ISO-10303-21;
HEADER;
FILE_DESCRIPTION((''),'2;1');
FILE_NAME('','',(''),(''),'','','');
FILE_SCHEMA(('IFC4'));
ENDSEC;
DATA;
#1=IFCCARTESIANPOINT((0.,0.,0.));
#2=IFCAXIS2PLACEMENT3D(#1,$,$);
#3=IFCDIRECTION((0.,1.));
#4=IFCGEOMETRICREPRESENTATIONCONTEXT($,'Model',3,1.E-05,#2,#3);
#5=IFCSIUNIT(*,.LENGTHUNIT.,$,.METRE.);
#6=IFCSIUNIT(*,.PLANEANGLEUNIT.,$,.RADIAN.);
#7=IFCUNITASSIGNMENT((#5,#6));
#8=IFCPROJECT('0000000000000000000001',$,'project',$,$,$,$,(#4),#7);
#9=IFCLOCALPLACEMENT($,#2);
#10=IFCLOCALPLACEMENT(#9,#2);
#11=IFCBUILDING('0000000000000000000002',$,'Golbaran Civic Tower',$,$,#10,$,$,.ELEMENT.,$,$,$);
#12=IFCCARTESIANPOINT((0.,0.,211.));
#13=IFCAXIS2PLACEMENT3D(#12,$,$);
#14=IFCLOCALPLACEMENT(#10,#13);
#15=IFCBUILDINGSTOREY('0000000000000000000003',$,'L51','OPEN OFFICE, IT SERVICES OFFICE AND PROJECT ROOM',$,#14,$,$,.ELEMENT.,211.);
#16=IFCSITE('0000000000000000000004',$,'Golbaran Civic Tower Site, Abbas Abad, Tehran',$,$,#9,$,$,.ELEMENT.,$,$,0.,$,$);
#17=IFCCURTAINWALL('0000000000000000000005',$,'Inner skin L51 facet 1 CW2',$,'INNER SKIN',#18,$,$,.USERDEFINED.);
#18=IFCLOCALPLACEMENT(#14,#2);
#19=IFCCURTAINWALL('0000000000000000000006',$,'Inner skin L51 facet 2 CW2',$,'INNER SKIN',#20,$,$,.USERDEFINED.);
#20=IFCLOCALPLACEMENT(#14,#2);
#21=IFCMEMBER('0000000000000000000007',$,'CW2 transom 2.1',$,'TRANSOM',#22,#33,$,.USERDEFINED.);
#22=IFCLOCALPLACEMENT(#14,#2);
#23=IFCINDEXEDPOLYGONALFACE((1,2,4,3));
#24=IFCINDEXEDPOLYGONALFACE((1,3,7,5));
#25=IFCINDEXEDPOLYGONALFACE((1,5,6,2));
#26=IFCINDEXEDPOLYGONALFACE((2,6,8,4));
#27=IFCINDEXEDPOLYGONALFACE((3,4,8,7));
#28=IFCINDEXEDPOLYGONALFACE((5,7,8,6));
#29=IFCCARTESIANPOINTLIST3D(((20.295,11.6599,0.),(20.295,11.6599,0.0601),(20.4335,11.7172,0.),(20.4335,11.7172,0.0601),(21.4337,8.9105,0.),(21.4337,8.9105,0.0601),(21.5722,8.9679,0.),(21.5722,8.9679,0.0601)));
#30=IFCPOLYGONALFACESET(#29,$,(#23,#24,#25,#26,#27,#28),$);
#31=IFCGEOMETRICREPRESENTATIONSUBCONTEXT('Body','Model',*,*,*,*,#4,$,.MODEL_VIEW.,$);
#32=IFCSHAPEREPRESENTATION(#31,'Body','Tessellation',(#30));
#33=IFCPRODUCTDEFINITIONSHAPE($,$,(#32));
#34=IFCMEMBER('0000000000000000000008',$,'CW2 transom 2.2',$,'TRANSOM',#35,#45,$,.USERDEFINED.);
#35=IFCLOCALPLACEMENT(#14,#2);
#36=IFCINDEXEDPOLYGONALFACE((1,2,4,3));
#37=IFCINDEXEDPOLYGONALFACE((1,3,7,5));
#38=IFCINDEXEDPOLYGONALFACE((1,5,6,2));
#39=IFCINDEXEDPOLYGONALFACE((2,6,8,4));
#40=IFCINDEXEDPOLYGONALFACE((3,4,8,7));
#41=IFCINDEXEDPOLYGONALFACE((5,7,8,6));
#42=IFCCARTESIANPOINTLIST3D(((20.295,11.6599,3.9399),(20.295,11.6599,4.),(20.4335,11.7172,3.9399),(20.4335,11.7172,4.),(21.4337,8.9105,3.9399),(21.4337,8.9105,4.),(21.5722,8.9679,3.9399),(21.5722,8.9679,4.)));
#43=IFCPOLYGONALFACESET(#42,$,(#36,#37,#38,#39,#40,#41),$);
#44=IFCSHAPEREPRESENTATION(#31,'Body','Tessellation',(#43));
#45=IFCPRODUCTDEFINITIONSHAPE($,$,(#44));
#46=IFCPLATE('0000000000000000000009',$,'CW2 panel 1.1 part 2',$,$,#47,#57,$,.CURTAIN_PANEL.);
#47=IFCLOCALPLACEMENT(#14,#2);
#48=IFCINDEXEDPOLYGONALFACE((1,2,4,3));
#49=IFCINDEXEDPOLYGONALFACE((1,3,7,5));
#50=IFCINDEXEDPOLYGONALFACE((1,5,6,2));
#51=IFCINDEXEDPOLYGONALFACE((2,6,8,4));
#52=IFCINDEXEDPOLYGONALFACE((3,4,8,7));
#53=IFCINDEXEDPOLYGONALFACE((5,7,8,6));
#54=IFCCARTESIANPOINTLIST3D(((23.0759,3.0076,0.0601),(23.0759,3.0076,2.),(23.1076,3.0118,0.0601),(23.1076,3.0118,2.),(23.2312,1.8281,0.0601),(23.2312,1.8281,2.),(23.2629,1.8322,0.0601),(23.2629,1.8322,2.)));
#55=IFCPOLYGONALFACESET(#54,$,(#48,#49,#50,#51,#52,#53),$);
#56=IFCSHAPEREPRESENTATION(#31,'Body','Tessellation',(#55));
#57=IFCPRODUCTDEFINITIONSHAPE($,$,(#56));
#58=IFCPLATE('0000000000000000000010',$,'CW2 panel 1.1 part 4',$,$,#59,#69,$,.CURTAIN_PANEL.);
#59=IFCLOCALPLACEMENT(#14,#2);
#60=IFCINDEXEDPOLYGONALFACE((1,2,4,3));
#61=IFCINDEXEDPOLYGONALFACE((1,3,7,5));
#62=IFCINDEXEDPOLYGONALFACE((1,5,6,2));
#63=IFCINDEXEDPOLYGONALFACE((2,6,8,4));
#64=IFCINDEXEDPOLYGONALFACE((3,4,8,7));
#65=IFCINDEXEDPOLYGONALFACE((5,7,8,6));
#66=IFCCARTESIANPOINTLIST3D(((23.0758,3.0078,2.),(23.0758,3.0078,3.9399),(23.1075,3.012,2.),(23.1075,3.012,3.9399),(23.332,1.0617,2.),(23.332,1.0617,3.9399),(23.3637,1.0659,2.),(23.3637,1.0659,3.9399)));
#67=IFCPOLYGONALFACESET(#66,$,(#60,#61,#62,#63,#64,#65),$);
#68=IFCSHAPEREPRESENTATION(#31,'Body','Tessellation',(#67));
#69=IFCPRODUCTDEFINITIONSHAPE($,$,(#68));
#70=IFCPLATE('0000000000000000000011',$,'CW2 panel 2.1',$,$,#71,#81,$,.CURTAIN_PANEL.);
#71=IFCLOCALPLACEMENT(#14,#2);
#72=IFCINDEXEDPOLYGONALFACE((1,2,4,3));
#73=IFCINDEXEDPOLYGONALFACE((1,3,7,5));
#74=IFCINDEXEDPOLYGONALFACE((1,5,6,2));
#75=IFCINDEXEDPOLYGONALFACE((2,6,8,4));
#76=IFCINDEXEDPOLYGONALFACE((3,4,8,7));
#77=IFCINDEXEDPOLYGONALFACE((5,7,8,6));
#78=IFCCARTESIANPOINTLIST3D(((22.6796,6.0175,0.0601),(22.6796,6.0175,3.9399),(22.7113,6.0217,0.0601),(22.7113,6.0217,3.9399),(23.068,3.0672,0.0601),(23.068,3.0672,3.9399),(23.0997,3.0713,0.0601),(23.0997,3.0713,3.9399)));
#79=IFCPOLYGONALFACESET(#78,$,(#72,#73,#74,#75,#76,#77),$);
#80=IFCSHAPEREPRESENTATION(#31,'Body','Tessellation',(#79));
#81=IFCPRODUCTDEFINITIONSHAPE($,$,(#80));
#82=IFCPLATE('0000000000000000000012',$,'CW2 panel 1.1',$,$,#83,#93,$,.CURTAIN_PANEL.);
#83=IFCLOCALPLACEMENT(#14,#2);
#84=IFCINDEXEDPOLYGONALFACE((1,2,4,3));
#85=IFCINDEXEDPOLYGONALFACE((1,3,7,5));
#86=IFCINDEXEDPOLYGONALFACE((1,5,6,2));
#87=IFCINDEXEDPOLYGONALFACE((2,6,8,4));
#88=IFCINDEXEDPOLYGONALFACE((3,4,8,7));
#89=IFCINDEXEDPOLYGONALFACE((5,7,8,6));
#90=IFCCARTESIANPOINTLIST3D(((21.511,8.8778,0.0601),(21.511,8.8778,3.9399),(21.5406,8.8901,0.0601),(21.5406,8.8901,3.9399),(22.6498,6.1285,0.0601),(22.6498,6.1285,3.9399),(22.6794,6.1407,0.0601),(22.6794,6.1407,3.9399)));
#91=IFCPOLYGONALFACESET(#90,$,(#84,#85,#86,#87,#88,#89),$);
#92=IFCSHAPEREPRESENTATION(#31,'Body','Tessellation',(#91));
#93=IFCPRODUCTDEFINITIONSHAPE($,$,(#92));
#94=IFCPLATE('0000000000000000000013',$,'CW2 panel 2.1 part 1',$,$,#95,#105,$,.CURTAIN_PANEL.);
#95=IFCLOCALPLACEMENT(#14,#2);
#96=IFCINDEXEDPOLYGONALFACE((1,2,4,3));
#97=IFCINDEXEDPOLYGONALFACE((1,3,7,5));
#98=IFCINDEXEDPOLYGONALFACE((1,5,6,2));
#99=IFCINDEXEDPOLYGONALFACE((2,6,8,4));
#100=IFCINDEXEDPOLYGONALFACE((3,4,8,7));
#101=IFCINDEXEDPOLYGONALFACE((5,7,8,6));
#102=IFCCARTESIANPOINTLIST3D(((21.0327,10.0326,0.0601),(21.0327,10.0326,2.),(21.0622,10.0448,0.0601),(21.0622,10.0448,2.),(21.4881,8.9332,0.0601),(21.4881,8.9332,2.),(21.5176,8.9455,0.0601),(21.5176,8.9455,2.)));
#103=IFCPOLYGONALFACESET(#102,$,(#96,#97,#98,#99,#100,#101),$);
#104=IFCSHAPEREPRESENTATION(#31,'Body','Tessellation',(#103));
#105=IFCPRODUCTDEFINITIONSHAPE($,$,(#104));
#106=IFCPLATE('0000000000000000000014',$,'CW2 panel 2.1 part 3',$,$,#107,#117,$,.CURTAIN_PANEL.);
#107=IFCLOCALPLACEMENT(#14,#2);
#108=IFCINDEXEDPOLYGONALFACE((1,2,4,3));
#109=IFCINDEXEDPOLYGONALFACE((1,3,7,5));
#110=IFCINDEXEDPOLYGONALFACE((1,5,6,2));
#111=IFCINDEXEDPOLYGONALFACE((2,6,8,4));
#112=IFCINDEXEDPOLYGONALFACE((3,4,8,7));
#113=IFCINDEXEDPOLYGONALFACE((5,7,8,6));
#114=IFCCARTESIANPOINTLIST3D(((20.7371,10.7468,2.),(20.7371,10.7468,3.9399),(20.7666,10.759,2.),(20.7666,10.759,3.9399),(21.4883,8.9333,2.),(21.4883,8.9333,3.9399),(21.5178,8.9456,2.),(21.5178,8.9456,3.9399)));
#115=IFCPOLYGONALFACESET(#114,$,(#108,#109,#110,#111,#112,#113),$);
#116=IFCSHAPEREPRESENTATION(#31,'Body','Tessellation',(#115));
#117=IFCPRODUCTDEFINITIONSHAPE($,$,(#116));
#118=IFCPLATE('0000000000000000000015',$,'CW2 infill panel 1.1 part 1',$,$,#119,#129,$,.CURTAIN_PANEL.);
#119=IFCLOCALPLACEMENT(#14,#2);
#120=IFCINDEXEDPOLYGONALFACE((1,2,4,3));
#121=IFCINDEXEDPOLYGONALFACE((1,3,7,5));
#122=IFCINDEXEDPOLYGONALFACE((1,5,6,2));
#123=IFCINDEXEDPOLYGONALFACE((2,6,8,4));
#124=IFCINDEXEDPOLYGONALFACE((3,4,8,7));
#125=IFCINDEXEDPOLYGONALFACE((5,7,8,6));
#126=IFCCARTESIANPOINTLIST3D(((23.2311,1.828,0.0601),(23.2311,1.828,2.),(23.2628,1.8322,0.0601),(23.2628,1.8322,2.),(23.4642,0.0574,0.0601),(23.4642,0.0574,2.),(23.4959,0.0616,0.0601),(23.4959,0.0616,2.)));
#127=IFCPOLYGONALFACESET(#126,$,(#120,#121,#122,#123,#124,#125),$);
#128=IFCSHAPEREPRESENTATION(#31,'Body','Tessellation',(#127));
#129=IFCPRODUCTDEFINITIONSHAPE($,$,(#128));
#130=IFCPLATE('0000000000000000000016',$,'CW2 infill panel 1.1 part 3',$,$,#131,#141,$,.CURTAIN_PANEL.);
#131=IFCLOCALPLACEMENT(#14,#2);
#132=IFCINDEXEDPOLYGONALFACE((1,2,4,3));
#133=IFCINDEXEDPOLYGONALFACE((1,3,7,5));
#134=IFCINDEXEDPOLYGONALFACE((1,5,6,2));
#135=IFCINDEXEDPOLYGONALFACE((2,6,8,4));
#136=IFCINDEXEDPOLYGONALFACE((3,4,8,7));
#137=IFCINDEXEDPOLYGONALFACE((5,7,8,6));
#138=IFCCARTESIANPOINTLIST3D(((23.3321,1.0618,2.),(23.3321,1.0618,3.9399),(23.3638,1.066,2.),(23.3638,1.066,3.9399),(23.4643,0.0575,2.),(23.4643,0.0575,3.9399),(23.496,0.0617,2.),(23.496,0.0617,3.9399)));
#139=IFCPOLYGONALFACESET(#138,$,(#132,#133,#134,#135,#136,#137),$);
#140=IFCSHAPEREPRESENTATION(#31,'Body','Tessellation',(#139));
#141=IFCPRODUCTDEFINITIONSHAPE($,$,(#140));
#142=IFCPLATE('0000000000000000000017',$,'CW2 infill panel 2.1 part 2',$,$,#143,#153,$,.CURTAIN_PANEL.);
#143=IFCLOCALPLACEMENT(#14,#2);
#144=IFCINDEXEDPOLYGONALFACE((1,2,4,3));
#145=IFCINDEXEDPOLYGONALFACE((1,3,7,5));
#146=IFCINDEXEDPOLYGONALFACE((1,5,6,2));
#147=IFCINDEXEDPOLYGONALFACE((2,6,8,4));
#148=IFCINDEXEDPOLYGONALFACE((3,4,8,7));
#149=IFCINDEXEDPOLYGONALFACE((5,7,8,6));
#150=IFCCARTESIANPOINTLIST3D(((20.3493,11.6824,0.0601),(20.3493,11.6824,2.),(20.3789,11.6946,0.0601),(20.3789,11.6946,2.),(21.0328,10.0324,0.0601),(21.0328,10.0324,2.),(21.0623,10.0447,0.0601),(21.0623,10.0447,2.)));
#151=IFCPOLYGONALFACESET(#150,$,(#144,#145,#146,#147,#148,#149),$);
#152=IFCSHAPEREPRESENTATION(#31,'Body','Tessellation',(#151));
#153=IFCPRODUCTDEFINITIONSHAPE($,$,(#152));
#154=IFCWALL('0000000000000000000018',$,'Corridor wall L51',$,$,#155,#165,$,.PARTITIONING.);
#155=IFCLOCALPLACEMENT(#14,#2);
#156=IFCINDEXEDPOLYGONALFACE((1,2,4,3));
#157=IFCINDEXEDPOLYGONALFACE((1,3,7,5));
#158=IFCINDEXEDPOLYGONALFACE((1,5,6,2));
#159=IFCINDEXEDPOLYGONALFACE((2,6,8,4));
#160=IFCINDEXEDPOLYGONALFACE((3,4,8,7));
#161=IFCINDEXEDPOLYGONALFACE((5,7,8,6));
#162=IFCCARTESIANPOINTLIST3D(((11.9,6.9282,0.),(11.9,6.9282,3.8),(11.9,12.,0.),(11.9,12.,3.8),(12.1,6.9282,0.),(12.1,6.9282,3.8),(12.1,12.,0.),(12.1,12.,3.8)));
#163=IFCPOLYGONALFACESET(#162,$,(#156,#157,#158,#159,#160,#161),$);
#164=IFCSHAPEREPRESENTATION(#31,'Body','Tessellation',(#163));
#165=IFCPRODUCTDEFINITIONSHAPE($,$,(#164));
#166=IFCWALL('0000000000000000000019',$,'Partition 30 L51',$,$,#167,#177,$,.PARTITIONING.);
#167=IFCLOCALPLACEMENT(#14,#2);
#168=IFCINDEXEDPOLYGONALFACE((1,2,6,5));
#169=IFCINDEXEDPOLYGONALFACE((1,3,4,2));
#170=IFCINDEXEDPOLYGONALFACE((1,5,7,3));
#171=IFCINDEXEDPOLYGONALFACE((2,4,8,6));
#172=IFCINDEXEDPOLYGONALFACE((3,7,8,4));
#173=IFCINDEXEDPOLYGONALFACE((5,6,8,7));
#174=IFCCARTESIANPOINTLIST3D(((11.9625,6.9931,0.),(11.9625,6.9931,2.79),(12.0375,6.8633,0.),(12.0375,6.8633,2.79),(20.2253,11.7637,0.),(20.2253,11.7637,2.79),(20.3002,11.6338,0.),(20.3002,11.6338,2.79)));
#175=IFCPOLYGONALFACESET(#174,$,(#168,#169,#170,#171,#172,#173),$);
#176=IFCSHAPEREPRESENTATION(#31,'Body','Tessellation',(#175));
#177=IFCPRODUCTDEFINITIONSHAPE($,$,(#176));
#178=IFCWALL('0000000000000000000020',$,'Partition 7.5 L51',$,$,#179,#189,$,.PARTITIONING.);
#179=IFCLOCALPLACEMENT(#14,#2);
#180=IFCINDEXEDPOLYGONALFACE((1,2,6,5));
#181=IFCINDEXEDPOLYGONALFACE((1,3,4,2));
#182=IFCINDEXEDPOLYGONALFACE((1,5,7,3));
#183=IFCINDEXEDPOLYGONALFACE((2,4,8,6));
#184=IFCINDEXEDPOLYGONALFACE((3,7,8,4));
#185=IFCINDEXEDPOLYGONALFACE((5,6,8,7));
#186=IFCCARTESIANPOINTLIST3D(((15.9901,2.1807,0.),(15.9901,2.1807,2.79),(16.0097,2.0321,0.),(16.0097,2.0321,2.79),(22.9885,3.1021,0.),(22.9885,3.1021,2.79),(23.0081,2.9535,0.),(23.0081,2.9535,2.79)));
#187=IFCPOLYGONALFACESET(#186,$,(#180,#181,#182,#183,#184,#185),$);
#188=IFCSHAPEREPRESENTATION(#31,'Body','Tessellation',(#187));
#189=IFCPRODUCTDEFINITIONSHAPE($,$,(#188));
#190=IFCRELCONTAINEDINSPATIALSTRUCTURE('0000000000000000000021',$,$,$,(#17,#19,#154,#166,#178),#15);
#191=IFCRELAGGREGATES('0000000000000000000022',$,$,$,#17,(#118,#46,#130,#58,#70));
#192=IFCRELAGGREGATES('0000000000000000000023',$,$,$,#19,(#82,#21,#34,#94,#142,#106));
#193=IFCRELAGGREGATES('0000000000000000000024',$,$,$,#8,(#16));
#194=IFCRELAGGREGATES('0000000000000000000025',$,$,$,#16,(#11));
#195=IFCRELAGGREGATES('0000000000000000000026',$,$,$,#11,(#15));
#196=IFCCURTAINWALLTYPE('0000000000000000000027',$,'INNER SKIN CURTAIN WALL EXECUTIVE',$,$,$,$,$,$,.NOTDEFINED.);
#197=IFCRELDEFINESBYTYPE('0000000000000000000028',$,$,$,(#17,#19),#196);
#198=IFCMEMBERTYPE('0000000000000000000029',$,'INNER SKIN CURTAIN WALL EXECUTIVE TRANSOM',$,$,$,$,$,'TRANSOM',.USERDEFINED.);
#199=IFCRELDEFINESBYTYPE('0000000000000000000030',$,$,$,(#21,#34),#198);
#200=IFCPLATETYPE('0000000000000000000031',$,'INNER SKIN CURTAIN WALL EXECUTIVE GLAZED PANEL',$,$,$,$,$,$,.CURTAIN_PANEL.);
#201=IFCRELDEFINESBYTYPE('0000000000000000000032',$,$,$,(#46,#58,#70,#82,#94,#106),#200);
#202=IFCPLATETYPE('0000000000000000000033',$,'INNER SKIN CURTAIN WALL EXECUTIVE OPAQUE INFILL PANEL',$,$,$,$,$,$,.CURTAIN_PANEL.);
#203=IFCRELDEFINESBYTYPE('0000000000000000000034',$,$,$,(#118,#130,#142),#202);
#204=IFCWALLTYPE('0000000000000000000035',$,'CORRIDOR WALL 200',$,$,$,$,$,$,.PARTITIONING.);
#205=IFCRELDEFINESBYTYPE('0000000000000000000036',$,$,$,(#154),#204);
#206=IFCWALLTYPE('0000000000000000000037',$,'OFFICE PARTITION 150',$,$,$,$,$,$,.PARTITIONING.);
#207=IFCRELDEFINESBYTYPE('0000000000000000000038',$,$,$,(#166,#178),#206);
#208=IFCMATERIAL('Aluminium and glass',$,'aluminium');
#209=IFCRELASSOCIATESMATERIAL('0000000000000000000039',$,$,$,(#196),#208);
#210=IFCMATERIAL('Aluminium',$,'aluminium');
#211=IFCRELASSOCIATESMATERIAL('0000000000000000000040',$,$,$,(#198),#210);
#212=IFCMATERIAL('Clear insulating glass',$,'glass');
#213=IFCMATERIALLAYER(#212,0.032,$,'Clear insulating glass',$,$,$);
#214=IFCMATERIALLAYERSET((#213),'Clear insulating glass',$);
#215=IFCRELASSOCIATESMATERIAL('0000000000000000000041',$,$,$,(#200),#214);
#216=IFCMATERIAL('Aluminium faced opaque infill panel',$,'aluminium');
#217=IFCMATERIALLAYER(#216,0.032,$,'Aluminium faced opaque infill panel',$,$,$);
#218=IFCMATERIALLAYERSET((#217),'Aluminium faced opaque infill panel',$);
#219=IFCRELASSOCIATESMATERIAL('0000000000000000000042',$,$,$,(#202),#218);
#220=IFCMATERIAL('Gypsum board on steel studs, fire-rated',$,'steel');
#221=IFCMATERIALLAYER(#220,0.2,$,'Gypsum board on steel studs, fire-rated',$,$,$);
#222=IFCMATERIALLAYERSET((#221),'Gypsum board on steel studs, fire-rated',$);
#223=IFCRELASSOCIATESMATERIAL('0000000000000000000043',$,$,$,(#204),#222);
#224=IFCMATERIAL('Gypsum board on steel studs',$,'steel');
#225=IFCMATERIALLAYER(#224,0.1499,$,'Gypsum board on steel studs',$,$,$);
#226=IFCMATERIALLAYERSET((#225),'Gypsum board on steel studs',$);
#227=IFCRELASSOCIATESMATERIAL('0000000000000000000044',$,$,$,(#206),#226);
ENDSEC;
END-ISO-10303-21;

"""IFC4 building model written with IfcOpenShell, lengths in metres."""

from ifc_helpers import new_model, si_unit, direction, frame, frame_2d, origin, origin_2d, place, context, subcontext, project, spatial, rectangle, extrude, material, layer, layer_set, material_profile, profile_set, type_object, element, aggregate, save


model = new_model("IFC4")

# Units and contexts
model_context = context("Model", 3, precision=1e-05, world=origin(), true_north=direction((0.0, 1.0)))
body_context = subcontext(model_context, "Body", "Model", "MODEL_VIEW")
ifc_project = project(units=[si_unit("LENGTHUNIT", "METRE"), si_unit("PLANEANGLEUNIT", "RADIAN")], contexts=[model_context])

# Site, building, storey
site_placement = place(None, origin())
site = spatial("IfcSite", under=ifc_project, at=site_placement, Name="Golbaran Civic Tower Site, Abbas Abad, Tehran", CompositionType="ELEMENT", RefElevation=0.0)
building_placement = place(site_placement, origin())
building = spatial("IfcBuilding", under=site, at=building_placement, Name="Golbaran Civic Tower", CompositionType="ELEMENT")
storey_placement = place(building_placement, frame((0.0, 0.0, 211.0)))
storey = spatial("IfcBuildingStorey", under=building, at=storey_placement, Name="L51", Description="OPEN OFFICE, IT SERVICES OFFICE AND PROJECT ROOM", CompositionType="ELEMENT", Elevation=211.0)

# Curtain walls
ifc_material_1 = material(Name="Aluminium and glass", Category="aluminium")
curtain_wall_type = type_object("IfcCurtainWallType", Name="INNER SKIN CURTAIN WALL EXECUTIVE", PredefinedType="NOTDEFINED", material=ifc_material_1)
curtain_wall_1_placement = place(storey_placement, origin())
curtain_wall_1 = element("IfcCurtainWall", 1, at=curtain_wall_1_placement, inside=storey, type_object=curtain_wall_type, Name="Inner skin L51 facet 1 CW2", ObjectType="INNER SKIN", PredefinedType="USERDEFINED")
ifc_material_2 = material(Name="Aluminium", Category="aluminium")
curtain_wall_2_placement = place(storey_placement, origin())
curtain_wall_2 = element("IfcCurtainWall", 2, at=curtain_wall_2_placement, inside=storey, type_object=curtain_wall_type, Name="Inner skin L51 facet 2 CW2", ObjectType="INNER SKIN", PredefinedType="USERDEFINED")

# Members
ifc_material_profile_1 = material_profile(ifc_material_2, rectangle(XDim=0.1499, YDim=0.0601, at=origin_2d()), Name="INNER SKIN CURTAIN WALL EXECUTIVE TRANSOM")
ifc_profile_set_1 = profile_set([ifc_material_profile_1], Name="Aluminium")
member_type_1 = type_object("IfcMemberType", Name="INNER SKIN CURTAIN WALL EXECUTIVE TRANSOM", ElementType="TRANSOM", PredefinedType="USERDEFINED", material=ifc_profile_set_1)
member_1_placement = place(storey_placement, frame((21.5029, 8.9392, 0.03), z_axis=(-0.382651, 0.923893, 0.0), x_axis=(-0.923893, -0.382651, 0.0)))
member_1 = element("IfcMember", 3, at=member_1_placement, type_object=member_type_1, Name="CW2 transom 2.1", ObjectType="TRANSOM", PredefinedType="USERDEFINED", context=body_context, shape_type="SweptSolid", body=[
    extrude(rectangle(XDim=0.1499, YDim=0.0601, at=origin_2d()), origin(), (0.0, 0.0, 1.0), 2.9758),
])
member_2_placement = place(storey_placement, frame((21.5029, 8.9392, 3.97), z_axis=(-0.382651, 0.923893, 0.0), x_axis=(-0.923893, -0.382651, 0.0)))
member_2 = element("IfcMember", 4, at=member_2_placement, type_object=member_type_1, Name="CW2 transom 2.2", ObjectType="TRANSOM", PredefinedType="USERDEFINED", context=body_context, shape_type="SweptSolid", body=[
    extrude(rectangle(XDim=0.1499, YDim=0.0601, at=origin_2d()), origin(), (0.0, 0.0, 1.0), 2.9758),
])

# Plates
ifc_material_3 = material(Name="Clear insulating glass", Category="glass")
ifc_layer_1 = layer(ifc_material_3, 0.032, Name="Clear insulating glass")
ifc_layer_set_1 = layer_set([ifc_layer_1], Name="Clear insulating glass")
plate_type_1 = type_object("IfcPlateType", Name="INNER SKIN CURTAIN WALL EXECUTIVE GLAZED PANEL", PredefinedType="CURTAIN_PANEL", material=ifc_layer_set_1)
plate_1_placement = place(storey_placement, frame((23.1694, 2.4199, 0.0601), z_axis=(0.0, 0.0, 1.0), x_axis=(-0.130526, 0.991445, 0.0)))
plate_1 = element("IfcPlate", 5, at=plate_1_placement, type_object=plate_type_1, Name="CW2 panel 1.1 part 2", PredefinedType="CURTAIN_PANEL", context=body_context, shape_type="SweptSolid", body=[
    extrude(rectangle(XDim=1.1897, YDim=0.032, at=origin_2d()), origin(), (0.0, 0.0, 1.0), 1.9399),
])
plate_2_placement = place(storey_placement, frame((23.2197, 2.0369, 2.0), z_axis=(0.0, 0.0, 1.0), x_axis=(-0.130526, 0.991445, 0.0)))
plate_2 = element("IfcPlate", 6, at=plate_2_placement, type_object=plate_type_1, Name="CW2 panel 1.1 part 4", PredefinedType="CURTAIN_PANEL", context=body_context, shape_type="SweptSolid", body=[
    extrude(rectangle(XDim=1.9629, YDim=0.032, at=origin_2d()), origin(), (0.0, 0.0, 1.0), 1.9399),
])
plate_3_placement = place(storey_placement, frame((22.8896, 4.5444, 0.0601), z_axis=(0.0, 0.0, 1.0), x_axis=(-0.130526, 0.991445, 0.0)))
plate_3 = element("IfcPlate", 7, at=plate_3_placement, type_object=plate_type_1, Name="CW2 panel 2.1", PredefinedType="CURTAIN_PANEL", context=body_context, shape_type="SweptSolid", body=[
    extrude(rectangle(XDim=2.9758, YDim=0.032, at=origin_2d()), origin(), (0.0, 0.0, 1.0), 3.8799),
])
plate_4_placement = place(storey_placement, frame((22.0952, 7.5093, 0.0601), z_axis=(0.0, 0.0, 1.0), x_axis=(-0.382683, 0.92388, 0.0)))
plate_4 = element("IfcPlate", 8, at=plate_4_placement, type_object=plate_type_1, Name="CW2 panel 1.1", PredefinedType="CURTAIN_PANEL", context=body_context, shape_type="SweptSolid", body=[
    extrude(rectangle(XDim=2.9758, YDim=0.032, at=origin_2d()), origin(), (0.0, 0.0, 1.0), 3.8799),
])
plate_5_placement = place(storey_placement, frame((21.2751, 9.489, 0.0601), z_axis=(0.0, 0.0, 1.0), x_axis=(-0.382683, 0.92388, 0.0)))
plate_5 = element("IfcPlate", 9, at=plate_5_placement, type_object=plate_type_1, Name="CW2 panel 2.1 part 1", PredefinedType="CURTAIN_PANEL", context=body_context, shape_type="SweptSolid", body=[
    extrude(rectangle(XDim=1.1899, YDim=0.032, at=origin_2d()), origin(), (0.0, 0.0, 1.0), 1.9399),
])
plate_6_placement = place(storey_placement, frame((21.1274, 9.8462, 2.0), z_axis=(0.0, 0.0, 1.0), x_axis=(-0.382683, 0.92388, 0.0)))
plate_6 = element("IfcPlate", 10, at=plate_6_placement, type_object=plate_type_1, Name="CW2 panel 2.1 part 3", PredefinedType="CURTAIN_PANEL", context=body_context, shape_type="SweptSolid", body=[
    extrude(rectangle(XDim=1.9629, YDim=0.032, at=origin_2d()), origin(), (0.0, 0.0, 1.0), 1.9399),
])
ifc_material_4 = material(Name="Aluminium faced opaque infill panel", Category="aluminium")
ifc_layer_2 = layer(ifc_material_4, 0.032, Name="Aluminium faced opaque infill panel")
ifc_layer_set_2 = layer_set([ifc_layer_2], Name="Aluminium faced opaque infill panel")
plate_type_2 = type_object("IfcPlateType", Name="INNER SKIN CURTAIN WALL EXECUTIVE OPAQUE INFILL PANEL", PredefinedType="CURTAIN_PANEL", material=ifc_layer_set_2)
plate_7_placement = place(storey_placement, frame((23.3635, 0.9448, 0.0601), z_axis=(0.0, 0.0, 1.0), x_axis=(-0.130526, 0.991445, 0.0)))
plate_7 = element("IfcPlate", 11, at=plate_7_placement, type_object=plate_type_2, Name="CW2 infill panel 1.1 part 1", PredefinedType="CURTAIN_PANEL", context=body_context, shape_type="SweptSolid", body=[
    extrude(rectangle(XDim=1.7859, YDim=0.032, at=origin_2d()), origin(), (0.0, 0.0, 1.0), 1.9399),
])
plate_8_placement = place(storey_placement, frame((23.4141, 0.5618, 2.0), z_axis=(0.0, 0.0, 1.0), x_axis=(-0.130526, 0.991445, 0.0)))
plate_8 = element("IfcPlate", 12, at=plate_8_placement, type_object=plate_type_2, Name="CW2 infill panel 1.1 part 3", PredefinedType="CURTAIN_PANEL", context=body_context, shape_type="SweptSolid", body=[
    extrude(rectangle(XDim=1.0129, YDim=0.032, at=origin_2d()), origin(), (0.0, 0.0, 1.0), 1.9399),
])
aggregate(curtain_wall_1, [plate_7, plate_1, plate_8, plate_2, plate_3])
plate_9_placement = place(storey_placement, frame((20.7058, 10.8635, 0.0601), z_axis=(0.0, 0.0, 1.0), x_axis=(-0.382683, 0.92388, 0.0)))
plate_9 = element("IfcPlate", 13, at=plate_9_placement, type_object=plate_type_2, Name="CW2 infill panel 2.1 part 2", PredefinedType="CURTAIN_PANEL", context=body_context, shape_type="SweptSolid", body=[
    extrude(rectangle(XDim=1.7859, YDim=0.032, at=origin_2d()), origin(), (0.0, 0.0, 1.0), 1.9399),
])
aggregate(curtain_wall_2, [plate_4, member_1, member_2, plate_5, plate_9, plate_6])

# Walls
ifc_material_5 = material(Name="Gypsum board on steel studs, fire-rated", Category="steel")
ifc_layer_3 = layer(ifc_material_5, 0.2, Name="Gypsum board on steel studs, fire-rated")
ifc_layer_set_3 = layer_set([ifc_layer_3], Name="Gypsum board on steel studs, fire-rated")
wall_type_1 = type_object("IfcWallType", Name="CORRIDOR WALL 200", PredefinedType="PARTITIONING", material=ifc_layer_set_3)
wall_1_placement = place(storey_placement, frame((12.0, 6.9282, 0.0), z_axis=(0.0, 0.0, 1.0), x_axis=(0.0, 1.0, 0.0)))
element("IfcWall", 14, at=wall_1_placement, inside=storey, type_object=wall_type_1, Name="Corridor wall L51", PredefinedType="PARTITIONING", context=body_context, shape_type="SweptSolid", body=[
    extrude(rectangle(XDim=5.0718, YDim=0.2, at=frame_2d((2.5359, 0.0))), origin(), (0.0, 0.0, 1.0), 3.8),
])
ifc_material_6 = material(Name="Gypsum board on steel studs", Category="steel")
ifc_layer_4 = layer(ifc_material_6, 0.1499, Name="Gypsum board on steel studs")
ifc_layer_set_4 = layer_set([ifc_layer_4], Name="Gypsum board on steel studs")
wall_type_2 = type_object("IfcWallType", Name="OFFICE PARTITION 150", PredefinedType="PARTITIONING", material=ifc_layer_set_4)
wall_2_placement = place(storey_placement, frame((12.0, 6.9282, 0.0), z_axis=(0.0, 0.0, 1.0), x_axis=(0.866024, 0.500003, 0.0)))
element("IfcWall", 15, at=wall_2_placement, inside=storey, type_object=wall_type_2, Name="Partition 30 L51", PredefinedType="PARTITIONING", context=body_context, shape_type="SweptSolid", body=[
    extrude(rectangle(XDim=9.541, YDim=0.1499, at=frame_2d((4.7705, 0.0))), origin(), (0.0, 0.0, 1.0), 2.79),
])
wall_3_placement = place(storey_placement, frame((16.0, 2.1064, 0.0), z_axis=(0.0, 0.0, 1.0), x_axis=(0.991445, 0.130528, 0.0)))
element("IfcWall", 16, at=wall_3_placement, inside=storey, type_object=wall_type_2, Name="Partition 7.5 L51", PredefinedType="PARTITIONING", context=body_context, shape_type="SweptSolid", body=[
    extrude(rectangle(XDim=7.0588, YDim=0.1499, at=frame_2d((3.5293, 0.0))), origin(), (0.0, 0.0, 1.0), 2.79),
])

save(model, "model.ifc")
